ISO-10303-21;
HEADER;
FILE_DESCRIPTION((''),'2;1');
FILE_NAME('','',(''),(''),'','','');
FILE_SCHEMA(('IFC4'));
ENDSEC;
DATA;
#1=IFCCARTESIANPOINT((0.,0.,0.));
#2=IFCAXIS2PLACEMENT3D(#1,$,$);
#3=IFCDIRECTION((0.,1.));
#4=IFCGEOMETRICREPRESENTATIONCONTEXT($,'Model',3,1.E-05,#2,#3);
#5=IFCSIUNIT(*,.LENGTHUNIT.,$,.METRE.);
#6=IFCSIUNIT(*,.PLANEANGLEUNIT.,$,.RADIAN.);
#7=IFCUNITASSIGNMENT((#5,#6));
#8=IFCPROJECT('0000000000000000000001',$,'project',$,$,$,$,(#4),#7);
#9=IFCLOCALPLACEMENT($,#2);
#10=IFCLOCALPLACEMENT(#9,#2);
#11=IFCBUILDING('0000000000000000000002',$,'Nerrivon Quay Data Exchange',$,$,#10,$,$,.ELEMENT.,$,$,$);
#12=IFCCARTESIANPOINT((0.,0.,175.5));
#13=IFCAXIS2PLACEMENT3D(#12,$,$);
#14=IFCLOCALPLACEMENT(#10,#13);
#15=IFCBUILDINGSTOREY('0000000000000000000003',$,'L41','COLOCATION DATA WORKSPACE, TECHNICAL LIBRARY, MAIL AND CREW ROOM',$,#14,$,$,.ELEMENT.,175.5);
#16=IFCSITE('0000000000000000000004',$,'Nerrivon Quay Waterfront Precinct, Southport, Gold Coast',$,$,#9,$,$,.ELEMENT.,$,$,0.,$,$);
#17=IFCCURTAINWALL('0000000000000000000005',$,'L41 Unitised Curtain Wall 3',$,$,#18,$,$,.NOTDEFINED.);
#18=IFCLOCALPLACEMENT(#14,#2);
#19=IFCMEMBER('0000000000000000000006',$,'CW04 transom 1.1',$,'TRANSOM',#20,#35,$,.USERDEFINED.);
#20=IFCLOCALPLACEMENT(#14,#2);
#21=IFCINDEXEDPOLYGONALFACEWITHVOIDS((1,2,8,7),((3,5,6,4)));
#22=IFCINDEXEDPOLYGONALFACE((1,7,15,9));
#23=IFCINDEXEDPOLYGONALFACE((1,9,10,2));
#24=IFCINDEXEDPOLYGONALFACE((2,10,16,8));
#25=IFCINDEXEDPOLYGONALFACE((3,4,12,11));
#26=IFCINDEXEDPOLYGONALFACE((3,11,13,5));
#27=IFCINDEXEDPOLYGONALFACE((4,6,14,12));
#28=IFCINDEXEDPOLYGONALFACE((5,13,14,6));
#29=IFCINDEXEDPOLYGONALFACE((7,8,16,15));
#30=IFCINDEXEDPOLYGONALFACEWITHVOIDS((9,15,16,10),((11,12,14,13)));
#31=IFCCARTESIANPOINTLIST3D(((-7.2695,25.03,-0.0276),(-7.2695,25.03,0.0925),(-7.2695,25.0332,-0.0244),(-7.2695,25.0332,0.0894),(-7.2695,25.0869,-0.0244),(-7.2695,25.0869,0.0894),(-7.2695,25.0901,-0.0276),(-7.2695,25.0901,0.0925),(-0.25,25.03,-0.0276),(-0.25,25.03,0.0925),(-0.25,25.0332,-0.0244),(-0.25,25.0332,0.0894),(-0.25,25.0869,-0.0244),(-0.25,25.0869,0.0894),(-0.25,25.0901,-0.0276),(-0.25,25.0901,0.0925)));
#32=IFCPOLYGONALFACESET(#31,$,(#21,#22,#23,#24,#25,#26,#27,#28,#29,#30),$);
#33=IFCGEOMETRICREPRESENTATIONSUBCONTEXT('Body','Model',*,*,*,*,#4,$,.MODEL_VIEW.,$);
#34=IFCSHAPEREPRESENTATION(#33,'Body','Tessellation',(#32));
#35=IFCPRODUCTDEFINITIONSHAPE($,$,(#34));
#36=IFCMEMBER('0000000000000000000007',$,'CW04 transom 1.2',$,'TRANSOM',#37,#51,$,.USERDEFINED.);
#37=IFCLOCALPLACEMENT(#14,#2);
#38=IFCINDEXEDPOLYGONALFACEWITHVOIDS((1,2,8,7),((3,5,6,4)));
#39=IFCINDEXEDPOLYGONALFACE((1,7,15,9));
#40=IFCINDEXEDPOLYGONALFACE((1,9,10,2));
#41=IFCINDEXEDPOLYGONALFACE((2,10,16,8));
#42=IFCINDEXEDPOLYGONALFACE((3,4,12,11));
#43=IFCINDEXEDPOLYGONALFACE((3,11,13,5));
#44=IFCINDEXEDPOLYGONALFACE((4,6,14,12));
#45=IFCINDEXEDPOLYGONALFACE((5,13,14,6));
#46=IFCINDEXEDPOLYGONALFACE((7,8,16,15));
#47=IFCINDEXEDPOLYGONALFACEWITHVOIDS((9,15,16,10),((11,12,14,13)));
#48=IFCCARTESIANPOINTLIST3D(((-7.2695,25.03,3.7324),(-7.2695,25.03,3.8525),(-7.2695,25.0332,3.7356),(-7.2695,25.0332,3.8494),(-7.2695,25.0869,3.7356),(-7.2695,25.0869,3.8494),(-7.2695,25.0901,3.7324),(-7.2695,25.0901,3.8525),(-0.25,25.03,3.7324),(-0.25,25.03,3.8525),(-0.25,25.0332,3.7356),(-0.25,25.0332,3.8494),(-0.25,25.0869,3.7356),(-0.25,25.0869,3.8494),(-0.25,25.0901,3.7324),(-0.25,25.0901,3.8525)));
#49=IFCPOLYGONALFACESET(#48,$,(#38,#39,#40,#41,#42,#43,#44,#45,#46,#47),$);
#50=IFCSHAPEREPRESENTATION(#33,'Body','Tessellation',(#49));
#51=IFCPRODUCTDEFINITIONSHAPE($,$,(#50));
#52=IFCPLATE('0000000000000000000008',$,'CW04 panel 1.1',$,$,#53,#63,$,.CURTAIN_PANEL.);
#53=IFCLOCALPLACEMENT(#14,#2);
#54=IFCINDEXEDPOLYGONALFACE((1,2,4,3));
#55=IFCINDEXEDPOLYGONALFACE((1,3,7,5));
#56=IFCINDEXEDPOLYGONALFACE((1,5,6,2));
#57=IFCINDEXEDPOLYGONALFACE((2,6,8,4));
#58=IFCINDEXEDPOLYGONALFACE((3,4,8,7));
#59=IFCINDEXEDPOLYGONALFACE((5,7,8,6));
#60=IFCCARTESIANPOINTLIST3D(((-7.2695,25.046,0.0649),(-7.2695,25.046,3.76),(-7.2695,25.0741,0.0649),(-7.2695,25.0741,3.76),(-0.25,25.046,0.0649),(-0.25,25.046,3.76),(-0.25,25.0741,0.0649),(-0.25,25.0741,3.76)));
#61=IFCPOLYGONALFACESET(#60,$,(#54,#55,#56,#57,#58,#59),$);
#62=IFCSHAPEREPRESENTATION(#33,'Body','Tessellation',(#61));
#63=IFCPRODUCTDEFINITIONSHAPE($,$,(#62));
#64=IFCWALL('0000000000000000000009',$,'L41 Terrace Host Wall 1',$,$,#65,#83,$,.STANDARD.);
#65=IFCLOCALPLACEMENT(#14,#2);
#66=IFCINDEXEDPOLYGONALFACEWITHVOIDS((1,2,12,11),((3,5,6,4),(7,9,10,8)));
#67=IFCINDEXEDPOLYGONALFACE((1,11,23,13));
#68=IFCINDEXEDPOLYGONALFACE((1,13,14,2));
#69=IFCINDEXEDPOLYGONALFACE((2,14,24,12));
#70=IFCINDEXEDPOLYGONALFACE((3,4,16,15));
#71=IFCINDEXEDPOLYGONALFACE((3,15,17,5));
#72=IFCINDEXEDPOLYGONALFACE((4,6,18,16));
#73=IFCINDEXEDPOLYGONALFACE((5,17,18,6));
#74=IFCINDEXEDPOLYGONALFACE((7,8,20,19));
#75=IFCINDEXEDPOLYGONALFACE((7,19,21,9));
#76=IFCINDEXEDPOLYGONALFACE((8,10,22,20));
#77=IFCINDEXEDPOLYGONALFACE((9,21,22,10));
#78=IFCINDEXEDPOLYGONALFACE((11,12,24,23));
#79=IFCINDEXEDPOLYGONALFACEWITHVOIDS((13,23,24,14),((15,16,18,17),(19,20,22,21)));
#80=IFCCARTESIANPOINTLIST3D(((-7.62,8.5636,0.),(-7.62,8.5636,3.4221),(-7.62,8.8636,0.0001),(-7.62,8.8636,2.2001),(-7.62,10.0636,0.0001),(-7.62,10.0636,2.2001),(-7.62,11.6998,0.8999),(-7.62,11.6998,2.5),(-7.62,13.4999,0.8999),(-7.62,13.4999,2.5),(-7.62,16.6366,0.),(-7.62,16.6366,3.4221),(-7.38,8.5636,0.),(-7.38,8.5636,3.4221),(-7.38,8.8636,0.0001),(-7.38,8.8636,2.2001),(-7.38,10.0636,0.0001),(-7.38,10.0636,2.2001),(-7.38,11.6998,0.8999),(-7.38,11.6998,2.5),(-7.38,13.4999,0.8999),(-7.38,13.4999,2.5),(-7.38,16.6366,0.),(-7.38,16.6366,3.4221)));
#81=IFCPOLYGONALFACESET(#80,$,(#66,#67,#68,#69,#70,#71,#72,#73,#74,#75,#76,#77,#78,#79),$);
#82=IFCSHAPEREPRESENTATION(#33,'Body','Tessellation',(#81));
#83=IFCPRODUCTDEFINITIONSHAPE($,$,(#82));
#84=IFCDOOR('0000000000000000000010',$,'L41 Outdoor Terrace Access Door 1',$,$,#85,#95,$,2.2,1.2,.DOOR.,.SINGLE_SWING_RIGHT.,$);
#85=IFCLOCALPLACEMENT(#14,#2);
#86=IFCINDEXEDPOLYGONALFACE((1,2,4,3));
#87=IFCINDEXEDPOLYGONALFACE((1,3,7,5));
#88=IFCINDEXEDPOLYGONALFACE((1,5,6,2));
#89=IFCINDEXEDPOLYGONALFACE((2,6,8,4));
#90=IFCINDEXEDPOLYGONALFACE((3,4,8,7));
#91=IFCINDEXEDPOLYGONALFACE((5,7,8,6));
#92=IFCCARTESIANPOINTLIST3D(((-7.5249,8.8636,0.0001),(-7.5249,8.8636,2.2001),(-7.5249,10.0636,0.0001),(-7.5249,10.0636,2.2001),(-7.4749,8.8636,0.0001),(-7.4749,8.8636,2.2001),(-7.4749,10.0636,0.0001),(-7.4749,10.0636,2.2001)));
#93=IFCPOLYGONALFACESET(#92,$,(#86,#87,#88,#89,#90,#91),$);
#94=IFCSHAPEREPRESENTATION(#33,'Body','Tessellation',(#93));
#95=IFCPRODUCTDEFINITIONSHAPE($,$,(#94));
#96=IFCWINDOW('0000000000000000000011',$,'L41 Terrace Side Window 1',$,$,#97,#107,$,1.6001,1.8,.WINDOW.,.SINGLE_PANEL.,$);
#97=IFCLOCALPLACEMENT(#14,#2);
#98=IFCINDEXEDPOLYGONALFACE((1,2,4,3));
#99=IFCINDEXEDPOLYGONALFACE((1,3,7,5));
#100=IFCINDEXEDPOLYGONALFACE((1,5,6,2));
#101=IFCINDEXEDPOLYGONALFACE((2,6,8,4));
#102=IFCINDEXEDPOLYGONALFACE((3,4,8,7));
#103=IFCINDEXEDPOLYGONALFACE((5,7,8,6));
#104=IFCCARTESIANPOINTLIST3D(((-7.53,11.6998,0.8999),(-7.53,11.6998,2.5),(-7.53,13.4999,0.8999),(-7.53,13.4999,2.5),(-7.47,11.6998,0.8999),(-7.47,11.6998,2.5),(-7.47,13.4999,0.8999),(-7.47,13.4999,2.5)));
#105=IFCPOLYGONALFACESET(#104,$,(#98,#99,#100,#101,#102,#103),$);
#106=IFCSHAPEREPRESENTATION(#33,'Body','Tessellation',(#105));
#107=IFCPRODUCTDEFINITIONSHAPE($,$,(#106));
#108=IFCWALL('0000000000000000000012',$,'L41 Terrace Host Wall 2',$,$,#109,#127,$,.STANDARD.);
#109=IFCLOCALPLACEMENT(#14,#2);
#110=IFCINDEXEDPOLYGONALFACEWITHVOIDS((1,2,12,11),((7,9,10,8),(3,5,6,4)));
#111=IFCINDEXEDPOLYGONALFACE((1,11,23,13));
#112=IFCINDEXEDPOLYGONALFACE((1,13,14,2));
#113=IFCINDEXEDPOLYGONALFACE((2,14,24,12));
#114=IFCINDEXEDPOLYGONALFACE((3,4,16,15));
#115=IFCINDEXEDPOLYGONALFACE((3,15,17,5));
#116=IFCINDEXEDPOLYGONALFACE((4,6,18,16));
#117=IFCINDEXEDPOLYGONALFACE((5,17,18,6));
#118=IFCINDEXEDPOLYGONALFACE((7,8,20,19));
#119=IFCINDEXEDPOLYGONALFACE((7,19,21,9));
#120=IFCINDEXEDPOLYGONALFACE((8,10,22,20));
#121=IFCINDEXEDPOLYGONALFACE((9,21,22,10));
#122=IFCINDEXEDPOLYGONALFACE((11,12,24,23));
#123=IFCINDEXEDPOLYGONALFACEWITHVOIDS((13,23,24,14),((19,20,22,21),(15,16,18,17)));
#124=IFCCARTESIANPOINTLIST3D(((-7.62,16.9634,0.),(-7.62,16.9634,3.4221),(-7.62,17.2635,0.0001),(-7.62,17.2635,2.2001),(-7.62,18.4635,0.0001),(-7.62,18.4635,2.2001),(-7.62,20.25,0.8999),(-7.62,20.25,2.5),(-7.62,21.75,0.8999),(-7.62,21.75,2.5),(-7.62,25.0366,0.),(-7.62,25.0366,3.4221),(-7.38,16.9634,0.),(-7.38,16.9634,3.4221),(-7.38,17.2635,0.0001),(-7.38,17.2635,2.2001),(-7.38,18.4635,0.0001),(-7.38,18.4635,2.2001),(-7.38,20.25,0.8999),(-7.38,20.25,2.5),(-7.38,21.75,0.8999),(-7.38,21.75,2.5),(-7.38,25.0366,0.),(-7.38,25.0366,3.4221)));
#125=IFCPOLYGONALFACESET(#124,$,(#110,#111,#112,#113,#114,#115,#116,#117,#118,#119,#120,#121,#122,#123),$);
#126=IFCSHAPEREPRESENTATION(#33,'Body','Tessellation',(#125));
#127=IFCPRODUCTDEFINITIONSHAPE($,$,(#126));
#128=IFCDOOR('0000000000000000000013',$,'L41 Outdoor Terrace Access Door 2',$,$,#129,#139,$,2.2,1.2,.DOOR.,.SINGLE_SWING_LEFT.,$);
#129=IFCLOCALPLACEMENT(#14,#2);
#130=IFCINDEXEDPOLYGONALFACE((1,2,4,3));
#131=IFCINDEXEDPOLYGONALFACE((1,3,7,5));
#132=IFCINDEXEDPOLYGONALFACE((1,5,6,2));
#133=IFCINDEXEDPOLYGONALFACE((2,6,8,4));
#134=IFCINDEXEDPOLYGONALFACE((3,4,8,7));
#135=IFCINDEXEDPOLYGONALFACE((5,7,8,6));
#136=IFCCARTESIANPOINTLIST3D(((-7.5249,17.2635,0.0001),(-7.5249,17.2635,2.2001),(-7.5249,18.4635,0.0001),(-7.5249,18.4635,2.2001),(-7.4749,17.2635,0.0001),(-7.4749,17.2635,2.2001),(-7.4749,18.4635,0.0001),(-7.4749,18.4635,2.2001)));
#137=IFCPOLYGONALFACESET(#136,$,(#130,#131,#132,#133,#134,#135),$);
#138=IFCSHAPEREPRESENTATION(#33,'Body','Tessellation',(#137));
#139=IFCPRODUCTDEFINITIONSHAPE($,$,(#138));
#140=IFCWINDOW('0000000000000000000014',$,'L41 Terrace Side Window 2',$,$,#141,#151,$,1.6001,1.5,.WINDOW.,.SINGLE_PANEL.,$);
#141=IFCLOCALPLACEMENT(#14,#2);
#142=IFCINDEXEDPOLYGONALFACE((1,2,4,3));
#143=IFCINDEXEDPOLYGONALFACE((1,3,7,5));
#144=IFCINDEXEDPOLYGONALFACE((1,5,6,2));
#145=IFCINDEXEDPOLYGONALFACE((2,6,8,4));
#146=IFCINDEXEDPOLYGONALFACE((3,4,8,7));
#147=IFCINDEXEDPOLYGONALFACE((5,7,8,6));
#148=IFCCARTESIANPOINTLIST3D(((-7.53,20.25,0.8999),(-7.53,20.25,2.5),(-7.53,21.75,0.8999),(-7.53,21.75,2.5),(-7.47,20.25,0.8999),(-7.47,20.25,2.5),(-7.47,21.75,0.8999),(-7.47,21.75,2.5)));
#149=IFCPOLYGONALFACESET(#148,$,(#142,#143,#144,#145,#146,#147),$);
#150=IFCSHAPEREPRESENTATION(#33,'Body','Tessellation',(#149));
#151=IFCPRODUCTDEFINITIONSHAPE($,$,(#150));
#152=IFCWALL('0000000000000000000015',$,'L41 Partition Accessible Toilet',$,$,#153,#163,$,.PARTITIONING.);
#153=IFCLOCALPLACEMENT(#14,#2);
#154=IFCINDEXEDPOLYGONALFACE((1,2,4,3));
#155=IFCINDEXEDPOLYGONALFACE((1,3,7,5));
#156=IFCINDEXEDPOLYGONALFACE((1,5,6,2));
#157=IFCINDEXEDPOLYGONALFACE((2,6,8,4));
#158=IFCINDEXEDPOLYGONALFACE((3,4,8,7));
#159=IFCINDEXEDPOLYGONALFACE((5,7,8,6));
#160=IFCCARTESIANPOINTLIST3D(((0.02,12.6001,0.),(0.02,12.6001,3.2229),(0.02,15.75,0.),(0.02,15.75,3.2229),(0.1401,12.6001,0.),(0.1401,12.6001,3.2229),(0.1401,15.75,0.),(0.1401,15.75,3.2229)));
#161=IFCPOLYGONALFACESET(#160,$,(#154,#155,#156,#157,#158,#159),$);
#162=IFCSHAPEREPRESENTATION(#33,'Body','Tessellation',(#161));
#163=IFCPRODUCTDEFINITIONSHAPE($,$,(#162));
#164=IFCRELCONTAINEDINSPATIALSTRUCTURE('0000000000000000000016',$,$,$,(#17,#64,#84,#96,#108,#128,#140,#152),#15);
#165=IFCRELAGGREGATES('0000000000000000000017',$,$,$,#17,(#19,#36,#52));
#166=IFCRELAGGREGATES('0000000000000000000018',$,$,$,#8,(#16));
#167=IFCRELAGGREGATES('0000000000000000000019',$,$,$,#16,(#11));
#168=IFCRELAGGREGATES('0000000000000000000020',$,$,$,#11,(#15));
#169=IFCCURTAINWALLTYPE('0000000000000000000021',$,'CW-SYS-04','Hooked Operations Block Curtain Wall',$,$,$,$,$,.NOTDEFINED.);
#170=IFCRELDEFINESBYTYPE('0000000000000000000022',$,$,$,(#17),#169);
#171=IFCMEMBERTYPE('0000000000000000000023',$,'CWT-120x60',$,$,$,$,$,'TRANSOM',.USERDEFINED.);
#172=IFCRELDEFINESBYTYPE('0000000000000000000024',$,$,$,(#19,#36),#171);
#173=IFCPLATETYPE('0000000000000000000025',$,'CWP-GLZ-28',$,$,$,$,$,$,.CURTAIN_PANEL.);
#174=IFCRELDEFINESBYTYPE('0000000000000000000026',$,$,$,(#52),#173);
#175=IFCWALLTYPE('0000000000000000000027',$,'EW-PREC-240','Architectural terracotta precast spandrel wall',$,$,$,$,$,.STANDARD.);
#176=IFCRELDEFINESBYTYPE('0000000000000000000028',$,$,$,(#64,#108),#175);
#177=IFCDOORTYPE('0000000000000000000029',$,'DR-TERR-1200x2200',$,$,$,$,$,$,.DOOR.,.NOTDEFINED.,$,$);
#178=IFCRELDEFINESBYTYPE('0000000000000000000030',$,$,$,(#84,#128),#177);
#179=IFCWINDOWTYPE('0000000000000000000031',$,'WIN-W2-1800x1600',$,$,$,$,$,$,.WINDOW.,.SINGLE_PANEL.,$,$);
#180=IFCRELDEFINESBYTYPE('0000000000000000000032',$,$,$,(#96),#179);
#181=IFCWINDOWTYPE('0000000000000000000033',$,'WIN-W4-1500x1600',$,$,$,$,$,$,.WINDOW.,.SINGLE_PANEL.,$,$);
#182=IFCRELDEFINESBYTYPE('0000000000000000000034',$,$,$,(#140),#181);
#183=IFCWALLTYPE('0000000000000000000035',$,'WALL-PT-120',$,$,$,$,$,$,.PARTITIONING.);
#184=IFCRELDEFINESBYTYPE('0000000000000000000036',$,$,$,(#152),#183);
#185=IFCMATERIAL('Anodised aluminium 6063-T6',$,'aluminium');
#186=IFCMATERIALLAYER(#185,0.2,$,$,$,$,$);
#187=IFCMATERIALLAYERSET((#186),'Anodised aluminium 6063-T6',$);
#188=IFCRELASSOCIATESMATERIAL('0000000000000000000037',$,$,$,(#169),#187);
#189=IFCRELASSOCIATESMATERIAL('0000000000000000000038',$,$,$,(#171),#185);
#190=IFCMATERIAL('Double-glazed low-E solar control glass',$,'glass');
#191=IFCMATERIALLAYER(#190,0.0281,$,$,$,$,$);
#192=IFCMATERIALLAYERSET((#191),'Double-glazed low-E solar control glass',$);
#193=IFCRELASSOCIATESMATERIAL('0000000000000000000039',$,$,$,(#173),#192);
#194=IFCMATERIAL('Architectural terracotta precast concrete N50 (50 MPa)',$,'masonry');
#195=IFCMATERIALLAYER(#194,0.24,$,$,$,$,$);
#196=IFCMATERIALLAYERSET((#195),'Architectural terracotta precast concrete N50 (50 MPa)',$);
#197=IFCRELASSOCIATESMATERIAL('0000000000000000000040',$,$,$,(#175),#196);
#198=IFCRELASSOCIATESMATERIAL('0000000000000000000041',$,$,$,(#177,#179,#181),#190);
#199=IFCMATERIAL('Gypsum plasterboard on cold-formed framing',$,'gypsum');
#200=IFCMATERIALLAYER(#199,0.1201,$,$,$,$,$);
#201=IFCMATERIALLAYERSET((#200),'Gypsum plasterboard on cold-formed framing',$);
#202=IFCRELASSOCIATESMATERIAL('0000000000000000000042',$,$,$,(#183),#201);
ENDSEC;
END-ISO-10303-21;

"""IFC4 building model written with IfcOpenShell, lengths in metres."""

from ifc_helpers import new_model, si_unit, direction, frame, frame_2d, origin, origin_2d, place, context, subcontext, project, spatial, rectangle, hollow_rectangle, extrude, material, layer, layer_set, material_profile, profile_set, type_object, element, fill, aggregate, save


model = new_model("IFC4")

# Units and contexts
model_context = context("Model", 3, precision=1e-05, world=origin(), true_north=direction((0.0, 1.0)))
body_context = subcontext(model_context, "Body", "Model", "MODEL_VIEW")
ifc_project = project(units=[si_unit("LENGTHUNIT", "METRE"), si_unit("PLANEANGLEUNIT", "RADIAN")], contexts=[model_context])

# Site, building, storey
site_placement = place(None, origin())
site = spatial("IfcSite", under=ifc_project, at=site_placement, Name="Nerrivon Quay Waterfront Precinct, Southport, Gold Coast", CompositionType="ELEMENT", RefElevation=0.0)
building_placement = place(site_placement, origin())
building = spatial("IfcBuilding", under=site, at=building_placement, Name="Nerrivon Quay Data Exchange", CompositionType="ELEMENT")
storey_placement = place(building_placement, frame((0.0, 0.0, 175.5)))
storey = spatial("IfcBuildingStorey", under=building, at=storey_placement, Name="L41", Description="COLOCATION DATA WORKSPACE, TECHNICAL LIBRARY, MAIL AND CREW ROOM", CompositionType="ELEMENT", Elevation=175.5)

# Curtain wall
ifc_material_1 = material(Name="Anodised aluminium 6063-T6", Category="aluminium")
ifc_layer_1 = layer(ifc_material_1, 0.2)
ifc_layer_set_1 = layer_set([ifc_layer_1], Name="Anodised aluminium 6063-T6")
curtain_wall_type = type_object("IfcCurtainWallType", Name="CW-SYS-04", Description="Hooked Operations Block Curtain Wall", PredefinedType="NOTDEFINED", material=ifc_layer_set_1)
curtain_wall_1_placement = place(storey_placement, origin())
curtain_wall_1 = element("IfcCurtainWall", 1, at=curtain_wall_1_placement, inside=storey, type_object=curtain_wall_type, Name="L41 Unitised Curtain Wall 3", PredefinedType="NOTDEFINED")

# Members
ifc_material_profile_1 = material_profile(ifc_material_1, hollow_rectangle(XDim=0.0601, YDim=0.1201, WallThickness=0.0032, at=origin_2d()), Name="ALU-TRAN-120x60")
ifc_profile_set_1 = profile_set([ifc_material_profile_1], Name="Anodised aluminium 6063-T6")
member_type_1 = type_object("IfcMemberType", Name="CWT-120x60", ElementType="TRANSOM", PredefinedType="USERDEFINED", material=ifc_profile_set_1)
member_1_placement = place(storey_placement, frame((-7.2695, 25.0601, 0.0325), z_axis=(1.0, 0.0, 0.0), x_axis=(0.0, 1.0, 0.0)))
member_1 = element("IfcMember", 2, at=member_1_placement, type_object=member_type_1, Name="CW04 transom 1.1", ObjectType="TRANSOM", PredefinedType="USERDEFINED", context=body_context, shape_type="SweptSolid", body=[
    extrude(hollow_rectangle(XDim=0.0601, YDim=0.1201, WallThickness=0.0032, at=origin_2d()), origin(), (0.0, 0.0, 1.0), 7.0195),
])
member_2_placement = place(storey_placement, frame((-7.2695, 25.0601, 3.7925), z_axis=(1.0, 0.0, 0.0), x_axis=(0.0, 1.0, 0.0)))
member_2 = element("IfcMember", 3, at=member_2_placement, type_object=member_type_1, Name="CW04 transom 1.2", ObjectType="TRANSOM", PredefinedType="USERDEFINED", context=body_context, shape_type="SweptSolid", body=[
    extrude(hollow_rectangle(XDim=0.0601, YDim=0.1201, WallThickness=0.0032, at=origin_2d()), origin(), (0.0, 0.0, 1.0), 7.0195),
])

# Plate
ifc_material_2 = material(Name="Double-glazed low-E solar control glass", Category="glass")
ifc_layer_2 = layer(ifc_material_2, 0.0281)
ifc_layer_set_2 = layer_set([ifc_layer_2], Name="Double-glazed low-E solar control glass")
plate_type = type_object("IfcPlateType", Name="CWP-GLZ-28", PredefinedType="CURTAIN_PANEL", material=ifc_layer_set_2)
plate_placement = place(storey_placement, frame((-3.7598, 25.0601, 0.0649), z_axis=(0.0, 0.0, 1.0), x_axis=(1.0, 0.0, 0.0)))
plate = element("IfcPlate", 4, at=plate_placement, type_object=plate_type, Name="CW04 panel 1.1", PredefinedType="CURTAIN_PANEL", context=body_context, shape_type="SweptSolid", body=[
    extrude(rectangle(XDim=7.0195, YDim=0.0281, at=origin_2d()), origin(), (0.0, 0.0, 1.0), 3.6951),
])
aggregate(curtain_wall_1, [member_1, member_2, plate])

# Walls, openings, doors, windows
ifc_material_3 = material(Name="Architectural terracotta precast concrete N50 (50 MPa)", Category="masonry")
ifc_layer_3 = layer(ifc_material_3, 0.24)
ifc_layer_set_3 = layer_set([ifc_layer_3], Name="Architectural terracotta precast concrete N50 (50 MPa)")
wall_type_1 = type_object("IfcWallType", Name="EW-PREC-240", Description="Architectural terracotta precast spandrel wall", PredefinedType="STANDARD", material=ifc_layer_set_3)
wall_1_placement = place(storey_placement, frame((-7.5, 8.5635, 0.0), z_axis=(0.0, 0.0, 1.0), x_axis=(0.0, 1.0, 0.0)))
wall_1 = element("IfcWall", 5, at=wall_1_placement, inside=storey, type_object=wall_type_1, Name="L41 Terrace Host Wall 1", PredefinedType="STANDARD", context=body_context, shape_type="SweptSolid", body=[
    extrude(rectangle(XDim=8.073, YDim=0.24, at=frame_2d((4.0366, 0.0))), origin(), (0.0, 0.0, 1.0), 3.4221),
])
opening_1_placement = place(wall_1_placement, frame((0.3, 0.0, 0.0)))
opening_1 = element("IfcOpeningElement", 6, at=opening_1_placement, cuts=wall_1, PredefinedType="OPENING", context=body_context, shape_type="SweptSolid", body=[
    extrude(rectangle(XDim=1.2, YDim=2.2, at=frame_2d((0.6001, 1.1001))), frame((0.0, 0.1299, 0.0), z_axis=(0.0, -1.0, 0.0), x_axis=(1.0, 0.0, 0.0)), (0.0, 0.0, 1.0), 0.26),
])
opening_2_placement = place(wall_1_placement, frame((3.1365, 0.0, 0.8999)))
opening_2 = element("IfcOpeningElement", 7, at=opening_2_placement, cuts=wall_1, PredefinedType="OPENING", context=body_context, shape_type="SweptSolid", body=[
    extrude(rectangle(XDim=1.8, YDim=1.6001, at=frame_2d((0.8999, 0.8))), frame((0.0, 0.1299, 0.0), z_axis=(0.0, -1.0, 0.0), x_axis=(1.0, 0.0, 0.0)), (0.0, 0.0, 1.0), 0.26),
])
door_type = type_object("IfcDoorType", Name="DR-TERR-1200x2200", OperationType="NOTDEFINED", PredefinedType="DOOR", material=ifc_material_2)
door_1_placement = place(opening_1_placement, origin())
door_1 = element("IfcDoor", 8, at=door_1_placement, inside=storey, type_object=door_type, Name="L41 Outdoor Terrace Access Door 1", OperationType="SINGLE_SWING_RIGHT", OverallHeight=2.2, OverallWidth=1.2, PredefinedType="DOOR", context=body_context, shape_type="SweptSolid", body=[
    extrude(rectangle(XDim=1.2, YDim=2.2, at=frame_2d((0.6001, 1.1001))), frame((0.0, 0.0249, 0.0), z_axis=(0.0, -1.0, 0.0), x_axis=(1.0, 0.0, 0.0)), (0.0, 0.0, 1.0), 0.05),
])
fill(opening_1, door_1)
window_type_1 = type_object("IfcWindowType", Name="WIN-W2-1800x1600", PartitioningType="SINGLE_PANEL", PredefinedType="WINDOW", material=ifc_material_2)
window_1_placement = place(opening_2_placement, origin())
window_1 = element("IfcWindow", 9, at=window_1_placement, inside=storey, type_object=window_type_1, Name="L41 Terrace Side Window 1", OverallHeight=1.6001, OverallWidth=1.8, PartitioningType="SINGLE_PANEL", PredefinedType="WINDOW", context=body_context, shape_type="SweptSolid", body=[
    extrude(rectangle(XDim=1.8, YDim=1.6001, at=frame_2d((0.8999, 0.8))), frame((0.0, 0.03, 0.0), z_axis=(0.0, -1.0, 0.0), x_axis=(1.0, 0.0, 0.0)), (0.0, 0.0, 1.0), 0.0601),
])
fill(opening_2, window_1)
wall_2_placement = place(storey_placement, frame((-7.5, 16.9634, 0.0), z_axis=(0.0, 0.0, 1.0), x_axis=(0.0, 1.0, 0.0)))
wall_2 = element("IfcWall", 10, at=wall_2_placement, inside=storey, type_object=wall_type_1, Name="L41 Terrace Host Wall 2", PredefinedType="STANDARD", context=body_context, shape_type="SweptSolid", body=[
    extrude(rectangle(XDim=8.0732, YDim=0.24, at=frame_2d((4.0366, 0.0))), origin(), (0.0, 0.0, 1.0), 3.4221),
])
opening_3_placement = place(wall_2_placement, frame((0.3, 0.0, 0.0)))
opening_3 = element("IfcOpeningElement", 11, at=opening_3_placement, cuts=wall_2, PredefinedType="OPENING", context=body_context, shape_type="SweptSolid", body=[
    extrude(rectangle(XDim=1.2, YDim=2.2, at=frame_2d((0.6001, 1.1001))), frame((0.0, 0.1299, 0.0), z_axis=(0.0, -1.0, 0.0), x_axis=(1.0, 0.0, 0.0)), (0.0, 0.0, 1.0), 0.26),
])
opening_4_placement = place(wall_2_placement, frame((3.2866, 0.0, 0.8999)))
opening_4 = element("IfcOpeningElement", 12, at=opening_4_placement, cuts=wall_2, PredefinedType="OPENING", context=body_context, shape_type="SweptSolid", body=[
    extrude(rectangle(XDim=1.5, YDim=1.6001, at=frame_2d((0.75, 0.8))), frame((0.0, 0.1299, 0.0), z_axis=(0.0, -1.0, 0.0), x_axis=(1.0, 0.0, 0.0)), (0.0, 0.0, 1.0), 0.26),
])
door_2_placement = place(opening_3_placement, origin())
door_2 = element("IfcDoor", 13, at=door_2_placement, inside=storey, type_object=door_type, Name="L41 Outdoor Terrace Access Door 2", OperationType="SINGLE_SWING_LEFT", OverallHeight=2.2, OverallWidth=1.2, PredefinedType="DOOR", context=body_context, shape_type="SweptSolid", body=[
    extrude(rectangle(XDim=1.2, YDim=2.2, at=frame_2d((0.6001, 1.1001))), frame((0.0, 0.0249, 0.0), z_axis=(0.0, -1.0, 0.0), x_axis=(1.0, 0.0, 0.0)), (0.0, 0.0, 1.0), 0.05),
])
fill(opening_3, door_2)
window_type_2 = type_object("IfcWindowType", Name="WIN-W4-1500x1600", PartitioningType="SINGLE_PANEL", PredefinedType="WINDOW", material=ifc_material_2)
window_2_placement = place(opening_4_placement, origin())
window_2 = element("IfcWindow", 14, at=window_2_placement, inside=storey, type_object=window_type_2, Name="L41 Terrace Side Window 2", OverallHeight=1.6001, OverallWidth=1.5, PartitioningType="SINGLE_PANEL", PredefinedType="WINDOW", context=body_context, shape_type="SweptSolid", body=[
    extrude(rectangle(XDim=1.5, YDim=1.6001, at=frame_2d((0.75, 0.8))), frame((0.0, 0.03, 0.0), z_axis=(0.0, -1.0, 0.0), x_axis=(1.0, 0.0, 0.0)), (0.0, 0.0, 1.0), 0.0601),
])
fill(opening_4, window_2)

# Wall
ifc_material_4 = material(Name="Gypsum plasterboard on cold-formed framing", Category="gypsum")
ifc_layer_4 = layer(ifc_material_4, 0.1201)
ifc_layer_set_4 = layer_set([ifc_layer_4], Name="Gypsum plasterboard on cold-formed framing")
wall_type_2 = type_object("IfcWallType", Name="WALL-PT-120", PredefinedType="PARTITIONING", material=ifc_layer_set_4)
wall_3_placement = place(storey_placement, frame((0.0801, 15.75, 0.0), z_axis=(0.0, 0.0, 1.0), x_axis=(0.0, -1.0, 0.0)))
element("IfcWall", 15, at=wall_3_placement, inside=storey, type_object=wall_type_2, Name="L41 Partition Accessible Toilet", PredefinedType="PARTITIONING", context=body_context, shape_type="SweptSolid", body=[
    extrude(rectangle(XDim=3.1499, YDim=0.1201, at=frame_2d((1.575, 0.0))), origin(), (0.0, 0.0, 1.0), 3.2229),
])

save(model, "model.ifc")
